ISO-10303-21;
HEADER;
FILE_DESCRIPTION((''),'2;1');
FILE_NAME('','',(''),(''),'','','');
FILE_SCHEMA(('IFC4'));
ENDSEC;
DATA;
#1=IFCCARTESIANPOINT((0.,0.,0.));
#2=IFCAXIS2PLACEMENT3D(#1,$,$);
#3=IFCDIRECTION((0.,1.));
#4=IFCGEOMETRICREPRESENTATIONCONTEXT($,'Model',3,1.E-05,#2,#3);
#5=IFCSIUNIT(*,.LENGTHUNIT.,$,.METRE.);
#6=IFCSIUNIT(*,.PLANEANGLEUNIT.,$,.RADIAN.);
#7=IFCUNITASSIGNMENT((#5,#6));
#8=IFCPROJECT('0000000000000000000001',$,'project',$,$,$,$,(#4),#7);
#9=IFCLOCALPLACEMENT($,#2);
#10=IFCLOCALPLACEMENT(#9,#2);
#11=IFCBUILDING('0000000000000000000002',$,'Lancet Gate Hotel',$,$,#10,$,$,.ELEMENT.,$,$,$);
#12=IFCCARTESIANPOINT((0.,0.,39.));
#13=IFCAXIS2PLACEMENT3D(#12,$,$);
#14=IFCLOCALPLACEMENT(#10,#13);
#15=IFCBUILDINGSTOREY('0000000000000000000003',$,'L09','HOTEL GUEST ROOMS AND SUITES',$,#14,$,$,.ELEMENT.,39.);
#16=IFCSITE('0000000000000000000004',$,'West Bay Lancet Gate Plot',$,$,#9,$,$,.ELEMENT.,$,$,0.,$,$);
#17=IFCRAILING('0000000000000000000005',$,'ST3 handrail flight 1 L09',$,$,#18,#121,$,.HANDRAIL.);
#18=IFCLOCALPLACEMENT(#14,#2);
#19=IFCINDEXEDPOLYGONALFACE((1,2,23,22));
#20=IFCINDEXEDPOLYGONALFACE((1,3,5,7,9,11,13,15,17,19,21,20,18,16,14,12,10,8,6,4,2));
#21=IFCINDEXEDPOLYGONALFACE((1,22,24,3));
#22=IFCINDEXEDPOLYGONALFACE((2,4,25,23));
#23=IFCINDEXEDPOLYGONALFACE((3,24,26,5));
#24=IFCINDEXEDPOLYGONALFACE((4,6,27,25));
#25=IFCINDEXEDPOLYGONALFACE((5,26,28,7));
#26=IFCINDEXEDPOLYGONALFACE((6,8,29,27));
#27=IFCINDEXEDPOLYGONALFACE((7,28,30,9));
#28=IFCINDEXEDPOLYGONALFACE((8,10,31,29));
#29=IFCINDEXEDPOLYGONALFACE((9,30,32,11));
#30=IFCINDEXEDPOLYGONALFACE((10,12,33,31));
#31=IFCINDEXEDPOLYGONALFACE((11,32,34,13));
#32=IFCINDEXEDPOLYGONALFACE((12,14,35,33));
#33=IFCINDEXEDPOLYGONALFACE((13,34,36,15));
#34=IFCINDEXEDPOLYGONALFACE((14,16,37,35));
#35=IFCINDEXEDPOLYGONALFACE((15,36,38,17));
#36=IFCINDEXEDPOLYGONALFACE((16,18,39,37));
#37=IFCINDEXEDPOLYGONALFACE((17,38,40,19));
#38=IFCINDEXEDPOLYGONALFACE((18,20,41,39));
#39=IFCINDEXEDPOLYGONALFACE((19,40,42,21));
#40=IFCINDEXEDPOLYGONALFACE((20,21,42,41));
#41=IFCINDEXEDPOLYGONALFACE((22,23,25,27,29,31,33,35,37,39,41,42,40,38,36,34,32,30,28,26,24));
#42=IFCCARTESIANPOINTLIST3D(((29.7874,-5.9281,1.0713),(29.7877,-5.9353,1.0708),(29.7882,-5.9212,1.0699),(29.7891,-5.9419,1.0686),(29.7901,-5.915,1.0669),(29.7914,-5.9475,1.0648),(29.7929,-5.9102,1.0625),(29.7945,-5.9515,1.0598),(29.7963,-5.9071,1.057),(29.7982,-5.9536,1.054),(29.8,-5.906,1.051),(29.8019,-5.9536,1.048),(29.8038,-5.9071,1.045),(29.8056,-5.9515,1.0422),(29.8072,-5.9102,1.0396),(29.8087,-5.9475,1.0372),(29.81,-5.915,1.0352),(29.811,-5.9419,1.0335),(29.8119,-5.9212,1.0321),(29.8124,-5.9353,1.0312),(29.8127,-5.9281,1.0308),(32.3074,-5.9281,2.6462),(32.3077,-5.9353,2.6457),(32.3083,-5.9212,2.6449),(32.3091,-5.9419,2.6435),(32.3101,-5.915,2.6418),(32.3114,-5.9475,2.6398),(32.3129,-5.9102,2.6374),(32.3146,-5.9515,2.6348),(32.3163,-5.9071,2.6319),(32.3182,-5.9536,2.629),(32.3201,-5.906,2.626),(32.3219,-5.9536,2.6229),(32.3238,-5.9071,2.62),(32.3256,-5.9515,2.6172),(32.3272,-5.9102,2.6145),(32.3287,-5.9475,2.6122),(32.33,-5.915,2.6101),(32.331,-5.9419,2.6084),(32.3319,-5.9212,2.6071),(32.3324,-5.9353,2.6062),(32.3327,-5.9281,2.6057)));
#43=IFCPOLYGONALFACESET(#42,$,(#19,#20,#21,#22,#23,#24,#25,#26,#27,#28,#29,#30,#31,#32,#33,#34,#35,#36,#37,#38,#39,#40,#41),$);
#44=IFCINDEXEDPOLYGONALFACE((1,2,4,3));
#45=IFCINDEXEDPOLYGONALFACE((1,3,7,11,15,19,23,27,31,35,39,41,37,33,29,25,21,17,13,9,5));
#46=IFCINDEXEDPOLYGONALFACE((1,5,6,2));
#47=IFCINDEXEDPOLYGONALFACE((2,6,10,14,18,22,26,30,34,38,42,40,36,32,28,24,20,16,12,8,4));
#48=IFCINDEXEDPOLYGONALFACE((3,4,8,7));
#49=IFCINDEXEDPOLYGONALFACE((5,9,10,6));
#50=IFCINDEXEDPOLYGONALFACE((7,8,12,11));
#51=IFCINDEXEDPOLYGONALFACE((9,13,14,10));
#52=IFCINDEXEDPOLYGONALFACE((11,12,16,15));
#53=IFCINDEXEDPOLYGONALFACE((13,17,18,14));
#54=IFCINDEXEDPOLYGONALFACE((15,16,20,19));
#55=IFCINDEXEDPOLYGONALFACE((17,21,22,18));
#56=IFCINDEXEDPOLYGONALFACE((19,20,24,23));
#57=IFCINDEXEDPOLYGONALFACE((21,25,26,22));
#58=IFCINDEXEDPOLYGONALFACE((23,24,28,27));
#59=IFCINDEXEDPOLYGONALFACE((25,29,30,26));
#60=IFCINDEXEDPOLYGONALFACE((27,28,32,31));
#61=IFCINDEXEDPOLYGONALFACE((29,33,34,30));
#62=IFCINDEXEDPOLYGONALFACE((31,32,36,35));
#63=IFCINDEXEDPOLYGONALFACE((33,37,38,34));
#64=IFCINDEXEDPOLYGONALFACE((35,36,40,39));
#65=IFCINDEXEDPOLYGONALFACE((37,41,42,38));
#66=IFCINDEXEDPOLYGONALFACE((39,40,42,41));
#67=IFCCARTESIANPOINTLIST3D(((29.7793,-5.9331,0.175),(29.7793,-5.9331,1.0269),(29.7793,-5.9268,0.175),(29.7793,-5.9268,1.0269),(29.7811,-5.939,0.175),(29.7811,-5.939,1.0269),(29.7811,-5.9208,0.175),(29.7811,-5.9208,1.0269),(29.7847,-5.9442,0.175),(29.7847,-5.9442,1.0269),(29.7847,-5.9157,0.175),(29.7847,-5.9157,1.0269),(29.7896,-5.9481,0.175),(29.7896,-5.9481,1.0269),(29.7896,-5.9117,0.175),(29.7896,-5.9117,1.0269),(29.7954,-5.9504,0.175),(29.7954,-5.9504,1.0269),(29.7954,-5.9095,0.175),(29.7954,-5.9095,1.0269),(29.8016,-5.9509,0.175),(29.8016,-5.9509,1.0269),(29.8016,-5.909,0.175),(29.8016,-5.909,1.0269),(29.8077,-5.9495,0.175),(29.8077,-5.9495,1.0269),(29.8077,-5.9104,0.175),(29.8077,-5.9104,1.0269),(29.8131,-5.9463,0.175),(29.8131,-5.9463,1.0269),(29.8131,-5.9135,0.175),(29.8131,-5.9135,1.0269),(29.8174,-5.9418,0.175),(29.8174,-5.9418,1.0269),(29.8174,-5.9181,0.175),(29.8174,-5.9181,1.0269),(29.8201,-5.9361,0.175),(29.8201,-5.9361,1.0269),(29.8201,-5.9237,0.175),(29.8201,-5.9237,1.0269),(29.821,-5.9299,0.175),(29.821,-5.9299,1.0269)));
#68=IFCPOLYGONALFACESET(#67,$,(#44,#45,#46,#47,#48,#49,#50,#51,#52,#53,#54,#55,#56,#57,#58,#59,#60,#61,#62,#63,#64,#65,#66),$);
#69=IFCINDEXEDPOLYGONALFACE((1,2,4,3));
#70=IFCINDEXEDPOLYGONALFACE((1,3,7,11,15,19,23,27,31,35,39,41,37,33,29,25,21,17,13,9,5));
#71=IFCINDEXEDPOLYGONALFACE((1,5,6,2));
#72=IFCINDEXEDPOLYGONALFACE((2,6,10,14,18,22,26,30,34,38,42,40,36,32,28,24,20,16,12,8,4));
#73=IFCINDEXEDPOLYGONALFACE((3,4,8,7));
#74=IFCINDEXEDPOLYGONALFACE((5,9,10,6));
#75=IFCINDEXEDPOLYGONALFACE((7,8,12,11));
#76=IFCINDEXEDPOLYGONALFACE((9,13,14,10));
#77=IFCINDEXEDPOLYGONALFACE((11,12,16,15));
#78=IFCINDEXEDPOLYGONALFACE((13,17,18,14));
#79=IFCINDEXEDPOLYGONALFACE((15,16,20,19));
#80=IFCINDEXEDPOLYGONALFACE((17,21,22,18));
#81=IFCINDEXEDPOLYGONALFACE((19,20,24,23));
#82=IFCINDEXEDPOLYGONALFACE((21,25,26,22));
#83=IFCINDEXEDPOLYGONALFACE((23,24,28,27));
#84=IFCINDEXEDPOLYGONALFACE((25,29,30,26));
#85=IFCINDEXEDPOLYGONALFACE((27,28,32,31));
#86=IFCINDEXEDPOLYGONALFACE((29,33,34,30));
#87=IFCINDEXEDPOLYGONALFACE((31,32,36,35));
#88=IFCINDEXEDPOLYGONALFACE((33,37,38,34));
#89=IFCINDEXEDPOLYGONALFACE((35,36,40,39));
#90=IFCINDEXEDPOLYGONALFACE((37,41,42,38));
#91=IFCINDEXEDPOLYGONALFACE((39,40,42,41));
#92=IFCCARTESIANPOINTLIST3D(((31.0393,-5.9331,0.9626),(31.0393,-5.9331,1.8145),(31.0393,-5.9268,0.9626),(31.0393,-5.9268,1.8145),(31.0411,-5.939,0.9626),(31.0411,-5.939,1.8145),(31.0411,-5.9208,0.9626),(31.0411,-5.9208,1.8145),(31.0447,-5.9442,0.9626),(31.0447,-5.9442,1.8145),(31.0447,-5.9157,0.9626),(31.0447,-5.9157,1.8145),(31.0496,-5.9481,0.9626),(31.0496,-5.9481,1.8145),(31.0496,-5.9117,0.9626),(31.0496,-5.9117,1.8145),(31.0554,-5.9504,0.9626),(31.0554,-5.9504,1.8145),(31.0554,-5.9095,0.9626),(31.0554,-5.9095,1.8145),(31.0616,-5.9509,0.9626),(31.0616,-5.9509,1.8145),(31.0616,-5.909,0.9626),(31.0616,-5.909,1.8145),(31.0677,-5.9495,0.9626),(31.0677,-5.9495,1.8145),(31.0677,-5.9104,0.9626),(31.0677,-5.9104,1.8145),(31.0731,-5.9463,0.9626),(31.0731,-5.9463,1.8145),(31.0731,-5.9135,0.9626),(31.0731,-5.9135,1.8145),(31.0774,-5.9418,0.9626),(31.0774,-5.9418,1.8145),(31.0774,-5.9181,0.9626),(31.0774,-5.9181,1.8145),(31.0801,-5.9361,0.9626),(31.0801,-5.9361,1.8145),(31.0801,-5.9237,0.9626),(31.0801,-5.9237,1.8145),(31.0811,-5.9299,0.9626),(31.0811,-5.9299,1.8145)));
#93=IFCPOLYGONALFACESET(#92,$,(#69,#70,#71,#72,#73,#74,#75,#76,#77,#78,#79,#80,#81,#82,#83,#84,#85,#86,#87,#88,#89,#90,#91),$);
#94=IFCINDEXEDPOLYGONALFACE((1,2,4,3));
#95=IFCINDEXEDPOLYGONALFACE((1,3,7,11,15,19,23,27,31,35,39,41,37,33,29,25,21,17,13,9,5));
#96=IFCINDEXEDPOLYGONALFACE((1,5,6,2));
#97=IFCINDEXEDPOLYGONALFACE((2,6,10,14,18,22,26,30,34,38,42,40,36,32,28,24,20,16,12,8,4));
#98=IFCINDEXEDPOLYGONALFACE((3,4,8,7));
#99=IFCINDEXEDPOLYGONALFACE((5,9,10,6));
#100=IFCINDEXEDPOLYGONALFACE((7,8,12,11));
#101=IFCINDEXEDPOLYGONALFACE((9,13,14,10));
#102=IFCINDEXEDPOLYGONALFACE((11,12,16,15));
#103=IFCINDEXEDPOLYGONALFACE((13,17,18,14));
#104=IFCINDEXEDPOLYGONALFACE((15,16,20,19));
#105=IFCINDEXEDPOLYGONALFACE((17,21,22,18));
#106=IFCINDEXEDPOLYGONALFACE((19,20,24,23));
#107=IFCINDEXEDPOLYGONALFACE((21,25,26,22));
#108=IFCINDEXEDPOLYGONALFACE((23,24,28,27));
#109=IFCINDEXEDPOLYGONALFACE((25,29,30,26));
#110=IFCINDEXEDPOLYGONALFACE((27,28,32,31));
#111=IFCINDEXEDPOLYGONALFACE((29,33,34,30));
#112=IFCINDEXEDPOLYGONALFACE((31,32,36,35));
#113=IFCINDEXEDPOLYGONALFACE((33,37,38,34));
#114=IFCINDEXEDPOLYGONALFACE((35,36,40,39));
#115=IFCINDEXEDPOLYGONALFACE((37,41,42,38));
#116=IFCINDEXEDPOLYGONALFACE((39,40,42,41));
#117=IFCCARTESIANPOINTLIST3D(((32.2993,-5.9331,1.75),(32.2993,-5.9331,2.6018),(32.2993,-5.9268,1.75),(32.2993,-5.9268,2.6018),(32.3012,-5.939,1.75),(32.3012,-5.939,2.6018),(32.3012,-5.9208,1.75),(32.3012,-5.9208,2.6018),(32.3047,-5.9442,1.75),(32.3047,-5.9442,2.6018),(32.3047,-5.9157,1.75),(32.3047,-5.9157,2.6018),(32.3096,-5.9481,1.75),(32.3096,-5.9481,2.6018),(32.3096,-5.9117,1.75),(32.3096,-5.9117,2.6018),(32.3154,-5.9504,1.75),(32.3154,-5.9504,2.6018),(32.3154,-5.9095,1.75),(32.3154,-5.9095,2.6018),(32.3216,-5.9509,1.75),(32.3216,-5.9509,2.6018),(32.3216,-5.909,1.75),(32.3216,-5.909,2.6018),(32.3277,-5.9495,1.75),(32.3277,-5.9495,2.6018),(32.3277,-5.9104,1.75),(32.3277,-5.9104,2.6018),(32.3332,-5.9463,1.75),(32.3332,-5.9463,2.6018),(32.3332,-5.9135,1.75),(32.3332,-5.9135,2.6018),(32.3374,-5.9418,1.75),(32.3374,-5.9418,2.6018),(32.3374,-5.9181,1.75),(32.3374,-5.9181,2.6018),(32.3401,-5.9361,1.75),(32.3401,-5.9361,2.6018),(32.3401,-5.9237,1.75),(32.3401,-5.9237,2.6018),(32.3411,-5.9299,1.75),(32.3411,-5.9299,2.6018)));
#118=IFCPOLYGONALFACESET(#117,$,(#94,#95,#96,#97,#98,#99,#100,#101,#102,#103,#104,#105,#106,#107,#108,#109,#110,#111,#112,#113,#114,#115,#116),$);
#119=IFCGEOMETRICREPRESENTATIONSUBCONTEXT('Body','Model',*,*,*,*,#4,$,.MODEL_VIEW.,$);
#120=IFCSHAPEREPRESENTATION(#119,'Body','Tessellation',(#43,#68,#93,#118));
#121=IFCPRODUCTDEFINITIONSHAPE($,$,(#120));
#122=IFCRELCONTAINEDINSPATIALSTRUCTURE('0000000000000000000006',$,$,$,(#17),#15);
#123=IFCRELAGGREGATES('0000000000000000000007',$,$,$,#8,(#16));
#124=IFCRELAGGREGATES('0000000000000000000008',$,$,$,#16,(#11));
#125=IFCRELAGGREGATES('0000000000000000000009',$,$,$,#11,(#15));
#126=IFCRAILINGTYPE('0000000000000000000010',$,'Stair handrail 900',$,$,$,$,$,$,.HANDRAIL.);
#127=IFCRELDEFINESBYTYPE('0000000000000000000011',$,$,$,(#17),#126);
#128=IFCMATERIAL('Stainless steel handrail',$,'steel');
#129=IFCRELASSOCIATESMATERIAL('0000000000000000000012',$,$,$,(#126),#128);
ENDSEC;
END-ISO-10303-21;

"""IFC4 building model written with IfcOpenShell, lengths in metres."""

from ifc_helpers import new_model, si_unit, direction, frame, origin, origin_2d, place, context, subcontext, project, spatial, circle, extrude, material, type_object, element, save


model = new_model("IFC4")

# Units and contexts
model_context = context("Model", 3, precision=1e-05, world=origin(), true_north=direction((0.0, 1.0)))
body_context = subcontext(model_context, "Body", "Model", "MODEL_VIEW")
ifc_project = project(units=[si_unit("LENGTHUNIT", "METRE"), si_unit("PLANEANGLEUNIT", "RADIAN")], contexts=[model_context])

# Site, building, storey
site_placement = place(None, origin())
site = spatial("IfcSite", under=ifc_project, at=site_placement, Name="West Bay Lancet Gate Plot", CompositionType="ELEMENT", RefElevation=0.0)
building_placement = place(site_placement, origin())
building = spatial("IfcBuilding", under=site, at=building_placement, Name="Lancet Gate Hotel", CompositionType="ELEMENT")
storey_placement = place(building_placement, frame((0.0, 0.0, 39.0)))
storey = spatial("IfcBuildingStorey", under=building, at=storey_placement, Name="L09", Description="HOTEL GUEST ROOMS AND SUITES", CompositionType="ELEMENT", Elevation=39.0)

# Railing
ifc_material_1 = material(Name="Stainless steel handrail", Category="steel")
railing_type = type_object("IfcRailingType", Name="Stair handrail 900", PredefinedType="HANDRAIL", material=ifc_material_1)
railing_1_placement = place(storey_placement, frame((29.8, -5.9299, 0.175)))
element("IfcRailing", 1, at=railing_1_placement, inside=storey, type_object=railing_type, Name="ST3 handrail flight 1 L09", PredefinedType="HANDRAIL", context=body_context, shape_type="SweptSolid", body=[
    extrude(circle(Radius=0.0239, at=origin_2d()), frame((0.0, 0.0, 0.876), z_axis=(0.848008, 0.0, 0.529984), x_axis=(0.0, 1.0, 0.0)), (0.0, 0.0, 1.0), 2.9717),
    extrude(circle(Radius=0.021, at=origin_2d()), origin(), (0.0, 0.0, 1.0), 0.8518),
    extrude(circle(Radius=0.021, at=origin_2d()), frame((1.26, 0.0, 0.7876)), (0.0, 0.0, 1.0), 0.8518),
    extrude(circle(Radius=0.021, at=origin_2d()), frame((2.52, 0.0, 1.575)), (0.0, 0.0, 1.0), 0.8518),
])

save(model, "model.ifc")
